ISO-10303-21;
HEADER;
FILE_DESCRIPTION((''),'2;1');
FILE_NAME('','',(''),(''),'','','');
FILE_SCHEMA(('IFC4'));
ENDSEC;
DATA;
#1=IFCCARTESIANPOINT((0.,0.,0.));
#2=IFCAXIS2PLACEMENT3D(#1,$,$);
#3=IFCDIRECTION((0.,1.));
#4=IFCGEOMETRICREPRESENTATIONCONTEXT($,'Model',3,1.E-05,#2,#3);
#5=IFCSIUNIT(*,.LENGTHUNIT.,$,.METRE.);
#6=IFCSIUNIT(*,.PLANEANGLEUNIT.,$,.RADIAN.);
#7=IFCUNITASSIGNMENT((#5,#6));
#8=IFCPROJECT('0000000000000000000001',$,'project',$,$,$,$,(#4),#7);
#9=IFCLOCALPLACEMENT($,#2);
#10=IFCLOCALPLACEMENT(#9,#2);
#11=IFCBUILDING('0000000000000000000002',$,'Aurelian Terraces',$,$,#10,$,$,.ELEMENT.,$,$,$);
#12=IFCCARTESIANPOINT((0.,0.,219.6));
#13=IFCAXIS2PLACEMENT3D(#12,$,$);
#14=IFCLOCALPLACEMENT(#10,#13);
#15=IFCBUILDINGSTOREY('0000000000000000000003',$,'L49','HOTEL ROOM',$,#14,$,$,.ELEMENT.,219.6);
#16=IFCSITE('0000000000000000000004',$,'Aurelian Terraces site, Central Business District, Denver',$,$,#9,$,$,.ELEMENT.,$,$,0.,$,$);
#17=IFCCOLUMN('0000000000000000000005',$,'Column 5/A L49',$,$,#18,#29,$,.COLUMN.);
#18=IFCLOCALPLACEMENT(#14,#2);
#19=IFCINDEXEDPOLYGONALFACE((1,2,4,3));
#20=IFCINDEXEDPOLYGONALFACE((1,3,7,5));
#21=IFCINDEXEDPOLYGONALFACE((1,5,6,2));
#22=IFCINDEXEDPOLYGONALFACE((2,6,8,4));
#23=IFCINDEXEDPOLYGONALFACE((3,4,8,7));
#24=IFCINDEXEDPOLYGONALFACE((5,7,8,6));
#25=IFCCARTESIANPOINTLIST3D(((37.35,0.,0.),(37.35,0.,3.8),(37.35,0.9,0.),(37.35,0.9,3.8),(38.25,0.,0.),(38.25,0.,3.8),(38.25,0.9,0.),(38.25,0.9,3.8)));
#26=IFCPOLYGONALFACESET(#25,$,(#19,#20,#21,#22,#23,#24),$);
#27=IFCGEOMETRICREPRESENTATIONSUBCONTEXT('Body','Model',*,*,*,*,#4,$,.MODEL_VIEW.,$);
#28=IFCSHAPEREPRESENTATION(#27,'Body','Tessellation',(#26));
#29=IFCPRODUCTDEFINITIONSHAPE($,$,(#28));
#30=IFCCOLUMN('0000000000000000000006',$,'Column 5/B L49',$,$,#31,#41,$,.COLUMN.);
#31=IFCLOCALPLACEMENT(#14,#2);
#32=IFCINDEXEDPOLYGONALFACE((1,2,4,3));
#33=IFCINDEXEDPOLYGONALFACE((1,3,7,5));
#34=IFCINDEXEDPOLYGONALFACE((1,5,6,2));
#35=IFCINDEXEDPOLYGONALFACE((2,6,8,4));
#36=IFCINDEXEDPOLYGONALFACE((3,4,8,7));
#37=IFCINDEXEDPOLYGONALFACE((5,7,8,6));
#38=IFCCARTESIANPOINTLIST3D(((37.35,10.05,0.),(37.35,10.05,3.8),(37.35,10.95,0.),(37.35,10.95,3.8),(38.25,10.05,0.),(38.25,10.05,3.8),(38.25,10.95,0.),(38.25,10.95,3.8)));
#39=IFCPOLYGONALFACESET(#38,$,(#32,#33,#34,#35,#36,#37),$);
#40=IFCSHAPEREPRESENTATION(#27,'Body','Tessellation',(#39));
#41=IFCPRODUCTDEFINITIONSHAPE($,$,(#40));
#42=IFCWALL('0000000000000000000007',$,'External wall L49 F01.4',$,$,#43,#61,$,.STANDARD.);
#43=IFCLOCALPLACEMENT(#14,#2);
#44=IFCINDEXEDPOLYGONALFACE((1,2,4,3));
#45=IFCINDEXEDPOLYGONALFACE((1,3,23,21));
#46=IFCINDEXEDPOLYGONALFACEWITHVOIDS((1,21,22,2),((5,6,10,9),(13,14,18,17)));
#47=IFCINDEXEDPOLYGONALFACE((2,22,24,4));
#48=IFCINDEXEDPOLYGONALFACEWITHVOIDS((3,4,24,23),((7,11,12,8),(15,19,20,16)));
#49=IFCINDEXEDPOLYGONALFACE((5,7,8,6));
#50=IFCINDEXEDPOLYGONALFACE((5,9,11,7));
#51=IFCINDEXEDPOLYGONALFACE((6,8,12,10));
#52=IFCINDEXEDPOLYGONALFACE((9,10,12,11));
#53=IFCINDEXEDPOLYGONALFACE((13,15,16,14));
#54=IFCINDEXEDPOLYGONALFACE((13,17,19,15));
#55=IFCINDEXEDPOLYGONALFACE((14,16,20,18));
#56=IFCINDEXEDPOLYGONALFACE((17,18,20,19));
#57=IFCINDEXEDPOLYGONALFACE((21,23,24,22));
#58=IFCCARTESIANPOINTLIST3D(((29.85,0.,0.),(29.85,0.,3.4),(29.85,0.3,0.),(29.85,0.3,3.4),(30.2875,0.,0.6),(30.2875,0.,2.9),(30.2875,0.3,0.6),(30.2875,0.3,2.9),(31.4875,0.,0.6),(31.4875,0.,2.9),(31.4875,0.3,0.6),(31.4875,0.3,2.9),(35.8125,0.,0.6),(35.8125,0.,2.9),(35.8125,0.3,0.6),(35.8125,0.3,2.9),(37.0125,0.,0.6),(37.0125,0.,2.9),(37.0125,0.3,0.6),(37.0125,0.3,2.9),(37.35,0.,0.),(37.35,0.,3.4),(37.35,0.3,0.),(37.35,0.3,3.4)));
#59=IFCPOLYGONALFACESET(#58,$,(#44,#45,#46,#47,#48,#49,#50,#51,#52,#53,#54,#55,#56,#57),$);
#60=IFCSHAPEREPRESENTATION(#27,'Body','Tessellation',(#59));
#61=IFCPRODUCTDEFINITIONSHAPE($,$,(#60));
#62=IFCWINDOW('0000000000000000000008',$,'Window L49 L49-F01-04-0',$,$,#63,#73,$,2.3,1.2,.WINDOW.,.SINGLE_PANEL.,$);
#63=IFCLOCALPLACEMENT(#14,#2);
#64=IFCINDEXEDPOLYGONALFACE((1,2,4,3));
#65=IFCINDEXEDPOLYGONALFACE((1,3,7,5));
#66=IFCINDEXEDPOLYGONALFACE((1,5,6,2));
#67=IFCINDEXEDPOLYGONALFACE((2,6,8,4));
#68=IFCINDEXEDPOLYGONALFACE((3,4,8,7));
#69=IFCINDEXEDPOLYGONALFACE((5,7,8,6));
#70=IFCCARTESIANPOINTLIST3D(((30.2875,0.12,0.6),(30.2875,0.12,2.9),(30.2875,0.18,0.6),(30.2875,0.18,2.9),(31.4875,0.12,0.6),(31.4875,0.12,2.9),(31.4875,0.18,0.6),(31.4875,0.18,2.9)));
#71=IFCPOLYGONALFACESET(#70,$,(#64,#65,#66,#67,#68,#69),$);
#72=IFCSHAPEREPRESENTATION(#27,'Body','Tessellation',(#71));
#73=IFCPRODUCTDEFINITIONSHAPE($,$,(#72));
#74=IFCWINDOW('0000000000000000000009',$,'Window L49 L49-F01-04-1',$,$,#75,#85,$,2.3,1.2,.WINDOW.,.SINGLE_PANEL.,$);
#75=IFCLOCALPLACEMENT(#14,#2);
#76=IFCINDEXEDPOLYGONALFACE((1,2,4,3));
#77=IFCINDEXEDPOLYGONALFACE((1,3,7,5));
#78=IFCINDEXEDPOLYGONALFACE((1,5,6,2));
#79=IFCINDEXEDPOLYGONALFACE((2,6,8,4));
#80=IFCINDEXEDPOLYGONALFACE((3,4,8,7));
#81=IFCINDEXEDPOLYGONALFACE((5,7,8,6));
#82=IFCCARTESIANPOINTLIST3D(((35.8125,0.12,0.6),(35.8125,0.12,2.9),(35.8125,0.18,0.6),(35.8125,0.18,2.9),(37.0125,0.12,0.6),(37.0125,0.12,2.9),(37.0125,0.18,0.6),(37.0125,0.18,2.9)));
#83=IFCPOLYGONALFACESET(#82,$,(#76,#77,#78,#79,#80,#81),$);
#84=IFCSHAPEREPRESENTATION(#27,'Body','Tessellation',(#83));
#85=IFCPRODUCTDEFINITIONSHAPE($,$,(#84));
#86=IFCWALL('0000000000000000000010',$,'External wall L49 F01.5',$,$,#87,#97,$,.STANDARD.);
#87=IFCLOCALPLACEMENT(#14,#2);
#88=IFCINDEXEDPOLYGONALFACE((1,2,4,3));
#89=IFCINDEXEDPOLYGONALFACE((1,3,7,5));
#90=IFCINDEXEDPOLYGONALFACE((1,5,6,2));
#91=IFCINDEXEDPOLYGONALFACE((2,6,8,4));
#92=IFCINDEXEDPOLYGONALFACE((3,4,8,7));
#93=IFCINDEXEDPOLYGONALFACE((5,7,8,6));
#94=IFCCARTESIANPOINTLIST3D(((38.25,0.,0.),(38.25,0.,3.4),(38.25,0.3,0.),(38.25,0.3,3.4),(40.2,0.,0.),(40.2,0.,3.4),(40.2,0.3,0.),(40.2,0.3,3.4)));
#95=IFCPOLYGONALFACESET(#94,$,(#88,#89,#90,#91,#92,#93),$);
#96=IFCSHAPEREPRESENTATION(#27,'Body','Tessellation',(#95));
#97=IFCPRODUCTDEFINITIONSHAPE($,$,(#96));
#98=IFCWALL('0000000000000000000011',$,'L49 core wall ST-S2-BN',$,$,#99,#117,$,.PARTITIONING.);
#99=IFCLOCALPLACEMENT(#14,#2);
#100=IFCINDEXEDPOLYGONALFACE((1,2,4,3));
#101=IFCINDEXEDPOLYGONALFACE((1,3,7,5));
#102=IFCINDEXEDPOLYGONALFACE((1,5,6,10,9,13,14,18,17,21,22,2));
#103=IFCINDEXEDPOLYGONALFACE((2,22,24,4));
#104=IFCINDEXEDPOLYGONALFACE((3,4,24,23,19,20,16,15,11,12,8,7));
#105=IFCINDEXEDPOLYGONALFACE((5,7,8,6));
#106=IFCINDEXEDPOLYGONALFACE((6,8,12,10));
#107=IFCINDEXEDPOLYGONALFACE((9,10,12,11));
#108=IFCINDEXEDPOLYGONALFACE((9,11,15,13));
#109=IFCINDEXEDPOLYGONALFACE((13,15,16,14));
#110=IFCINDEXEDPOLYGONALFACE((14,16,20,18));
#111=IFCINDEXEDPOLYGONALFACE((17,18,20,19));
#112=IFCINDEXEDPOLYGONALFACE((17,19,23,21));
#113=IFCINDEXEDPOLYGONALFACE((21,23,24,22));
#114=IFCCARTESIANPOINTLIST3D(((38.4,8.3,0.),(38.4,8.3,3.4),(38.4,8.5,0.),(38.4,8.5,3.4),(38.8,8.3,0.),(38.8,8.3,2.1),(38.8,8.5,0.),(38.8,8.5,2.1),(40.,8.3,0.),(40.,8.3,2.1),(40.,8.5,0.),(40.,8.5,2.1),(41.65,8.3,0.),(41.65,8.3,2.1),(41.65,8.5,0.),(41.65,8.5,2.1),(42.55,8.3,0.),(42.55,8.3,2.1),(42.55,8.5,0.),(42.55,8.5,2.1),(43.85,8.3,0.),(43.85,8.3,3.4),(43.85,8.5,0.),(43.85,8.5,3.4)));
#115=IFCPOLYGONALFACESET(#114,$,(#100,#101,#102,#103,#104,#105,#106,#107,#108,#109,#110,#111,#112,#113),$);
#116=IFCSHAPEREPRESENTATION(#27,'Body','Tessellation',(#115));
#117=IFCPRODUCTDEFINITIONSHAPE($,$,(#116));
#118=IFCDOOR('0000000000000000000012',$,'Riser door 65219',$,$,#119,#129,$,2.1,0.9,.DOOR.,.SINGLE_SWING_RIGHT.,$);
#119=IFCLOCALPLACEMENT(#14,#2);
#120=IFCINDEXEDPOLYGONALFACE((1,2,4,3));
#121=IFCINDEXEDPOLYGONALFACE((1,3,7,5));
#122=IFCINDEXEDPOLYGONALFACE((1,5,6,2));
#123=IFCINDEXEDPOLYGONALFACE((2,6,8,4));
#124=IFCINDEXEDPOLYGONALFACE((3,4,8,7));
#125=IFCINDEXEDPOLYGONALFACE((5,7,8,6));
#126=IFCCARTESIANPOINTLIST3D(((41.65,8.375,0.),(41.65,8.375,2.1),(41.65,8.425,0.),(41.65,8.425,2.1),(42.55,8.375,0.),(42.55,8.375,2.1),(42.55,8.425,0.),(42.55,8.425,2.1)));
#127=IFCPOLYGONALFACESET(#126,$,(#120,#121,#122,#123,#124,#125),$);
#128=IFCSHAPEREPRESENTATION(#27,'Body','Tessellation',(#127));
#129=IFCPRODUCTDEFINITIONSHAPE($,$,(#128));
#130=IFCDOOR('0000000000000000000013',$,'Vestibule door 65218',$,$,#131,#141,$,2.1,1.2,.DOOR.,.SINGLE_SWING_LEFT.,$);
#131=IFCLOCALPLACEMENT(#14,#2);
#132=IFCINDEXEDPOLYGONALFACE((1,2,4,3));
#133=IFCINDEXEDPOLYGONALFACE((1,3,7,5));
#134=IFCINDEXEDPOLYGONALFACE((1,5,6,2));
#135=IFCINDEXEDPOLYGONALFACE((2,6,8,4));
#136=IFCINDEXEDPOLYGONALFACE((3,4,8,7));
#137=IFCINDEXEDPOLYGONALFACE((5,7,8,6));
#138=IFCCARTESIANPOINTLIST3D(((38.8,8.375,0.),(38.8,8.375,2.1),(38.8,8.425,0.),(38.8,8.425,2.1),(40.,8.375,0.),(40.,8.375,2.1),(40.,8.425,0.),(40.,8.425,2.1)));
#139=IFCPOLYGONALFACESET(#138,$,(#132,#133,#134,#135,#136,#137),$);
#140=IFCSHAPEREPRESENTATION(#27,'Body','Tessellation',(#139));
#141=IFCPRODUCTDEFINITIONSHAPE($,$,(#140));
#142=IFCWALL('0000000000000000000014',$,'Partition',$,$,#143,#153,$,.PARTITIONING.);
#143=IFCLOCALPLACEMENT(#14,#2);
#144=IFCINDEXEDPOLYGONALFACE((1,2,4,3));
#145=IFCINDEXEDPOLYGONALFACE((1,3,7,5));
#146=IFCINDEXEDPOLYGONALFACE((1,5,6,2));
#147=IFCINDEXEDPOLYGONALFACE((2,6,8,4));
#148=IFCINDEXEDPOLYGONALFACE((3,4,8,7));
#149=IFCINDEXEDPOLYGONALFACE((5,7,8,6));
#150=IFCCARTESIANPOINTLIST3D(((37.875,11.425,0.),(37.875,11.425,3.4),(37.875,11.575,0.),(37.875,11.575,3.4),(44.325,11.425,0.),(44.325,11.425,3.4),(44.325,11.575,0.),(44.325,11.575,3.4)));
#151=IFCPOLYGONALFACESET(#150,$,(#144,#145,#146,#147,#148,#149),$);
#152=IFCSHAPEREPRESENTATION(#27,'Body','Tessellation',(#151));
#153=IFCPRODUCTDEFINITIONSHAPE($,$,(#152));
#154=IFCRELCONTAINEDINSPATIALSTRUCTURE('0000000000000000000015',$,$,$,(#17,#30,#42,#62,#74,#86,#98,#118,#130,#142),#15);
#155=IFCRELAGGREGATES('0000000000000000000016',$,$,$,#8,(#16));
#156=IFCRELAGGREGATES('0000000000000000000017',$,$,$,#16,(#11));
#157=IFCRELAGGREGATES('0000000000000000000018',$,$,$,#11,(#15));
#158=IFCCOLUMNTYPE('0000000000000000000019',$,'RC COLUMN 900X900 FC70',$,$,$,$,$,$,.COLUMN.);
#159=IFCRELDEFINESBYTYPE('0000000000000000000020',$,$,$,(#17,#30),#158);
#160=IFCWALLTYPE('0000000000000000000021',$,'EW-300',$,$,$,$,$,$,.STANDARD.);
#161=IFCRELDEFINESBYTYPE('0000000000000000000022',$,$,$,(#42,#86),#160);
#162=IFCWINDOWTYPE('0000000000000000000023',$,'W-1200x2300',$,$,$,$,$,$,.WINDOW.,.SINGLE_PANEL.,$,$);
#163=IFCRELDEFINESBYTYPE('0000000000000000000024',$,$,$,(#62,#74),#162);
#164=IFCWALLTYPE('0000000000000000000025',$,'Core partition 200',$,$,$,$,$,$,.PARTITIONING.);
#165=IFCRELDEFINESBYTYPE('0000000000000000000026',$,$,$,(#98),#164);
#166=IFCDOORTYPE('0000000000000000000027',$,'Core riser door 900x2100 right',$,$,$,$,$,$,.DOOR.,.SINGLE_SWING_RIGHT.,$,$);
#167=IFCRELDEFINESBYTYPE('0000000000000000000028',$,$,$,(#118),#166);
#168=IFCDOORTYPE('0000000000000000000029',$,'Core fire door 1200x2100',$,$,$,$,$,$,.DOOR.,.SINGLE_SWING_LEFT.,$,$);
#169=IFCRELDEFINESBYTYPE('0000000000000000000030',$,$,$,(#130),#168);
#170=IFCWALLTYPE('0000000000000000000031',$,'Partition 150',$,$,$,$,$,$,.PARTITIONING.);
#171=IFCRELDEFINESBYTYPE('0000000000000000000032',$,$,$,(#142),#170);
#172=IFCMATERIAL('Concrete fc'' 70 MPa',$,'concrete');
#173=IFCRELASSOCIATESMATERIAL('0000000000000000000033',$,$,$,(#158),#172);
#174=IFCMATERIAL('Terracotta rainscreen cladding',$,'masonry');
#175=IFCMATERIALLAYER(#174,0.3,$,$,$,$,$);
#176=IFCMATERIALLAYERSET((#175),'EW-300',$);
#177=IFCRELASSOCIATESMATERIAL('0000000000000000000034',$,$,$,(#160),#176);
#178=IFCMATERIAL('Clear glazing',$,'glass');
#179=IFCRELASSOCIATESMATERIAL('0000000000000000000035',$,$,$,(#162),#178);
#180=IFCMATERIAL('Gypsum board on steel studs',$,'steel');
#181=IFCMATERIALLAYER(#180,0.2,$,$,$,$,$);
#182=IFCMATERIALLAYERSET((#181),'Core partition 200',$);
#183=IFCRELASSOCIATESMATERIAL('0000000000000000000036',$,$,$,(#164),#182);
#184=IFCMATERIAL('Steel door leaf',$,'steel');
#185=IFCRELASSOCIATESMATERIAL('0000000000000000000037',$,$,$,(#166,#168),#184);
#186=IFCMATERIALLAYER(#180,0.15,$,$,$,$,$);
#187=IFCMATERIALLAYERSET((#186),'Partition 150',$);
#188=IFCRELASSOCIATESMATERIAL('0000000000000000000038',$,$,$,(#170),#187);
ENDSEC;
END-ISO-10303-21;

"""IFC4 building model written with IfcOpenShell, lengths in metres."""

from ifc_helpers import new_model, si_unit, direction, frame, frame_2d, origin, origin_2d, place, context, subcontext, project, spatial, rectangle, extrude, source, transform, mapped, material, layer, layer_set, material_profile, profile_set, type_object, element, fill, save


model = new_model("IFC4")

# Units and contexts
model_context = context("Model", 3, precision=1e-05, world=origin(), true_north=direction((0.0, 1.0)))
body_context = subcontext(model_context, "Body", "Model", "MODEL_VIEW")
ifc_project = project(units=[si_unit("LENGTHUNIT", "METRE"), si_unit("PLANEANGLEUNIT", "RADIAN")], contexts=[model_context])

# Site, building, storey
site_placement = place(None, origin())
site = spatial("IfcSite", under=ifc_project, at=site_placement, Name="Aurelian Terraces site, Central Business District, Denver", CompositionType="ELEMENT", RefElevation=0.0)
building_placement = place(site_placement, origin())
building = spatial("IfcBuilding", under=site, at=building_placement, Name="Aurelian Terraces", CompositionType="ELEMENT")
storey_placement = place(building_placement, frame((0.0, 0.0, 219.6)))
storey = spatial("IfcBuildingStorey", under=building, at=storey_placement, Name="L49", Description="HOTEL ROOM", CompositionType="ELEMENT", Elevation=219.6)

# Columns
ifc_material_1 = material(Name="Concrete fc' 70 MPa", Category="concrete")
ifc_material_profile = material_profile(ifc_material_1, rectangle(XDim=0.9, YDim=0.9, at=origin_2d()))
ifc_profile_set = profile_set([ifc_material_profile], Name="Concrete fc' 70 MPa")
column_type = type_object("IfcColumnType", Name="RC COLUMN 900X900 FC70", PredefinedType="COLUMN", material=ifc_profile_set)
shared_shape_1 = source(origin(), body_context, "Body", "SweptSolid", [
    extrude(rectangle(XDim=0.9, YDim=0.9, at=origin_2d()), origin(), (0.0, 0.0, 1.0), 3.8),
])
for number, where, z_axis, x_axis, name in (
    (1, (37.8, 0.45, 0.0), (0.0, 0.0, 1.0), (1.0, 0.0, 0.0), "Column 5/A L49"),
    (2, (37.8, 10.5, 0.0), (0.0, 0.0, 1.0), (1.0, 0.0, 0.0), "Column 5/B L49"),
):
    element("IfcColumn", number, at=place(storey_placement, frame(where, z_axis=z_axis, x_axis=x_axis)), inside=storey, type_object=column_type, Name=name, PredefinedType="COLUMN", context=body_context, shape_type="MappedRepresentation", body=[
        mapped(shared_shape_1, transform((0.0, 0.0, 0.0), scale=1.0)),
    ])

# Wall, openings, windows
ifc_material_2 = material(Name="Terracotta rainscreen cladding", Category="masonry")
ifc_layer_1 = layer(ifc_material_2, 0.3)
ifc_layer_set_1 = layer_set([ifc_layer_1], Name="EW-300")
wall_type_1 = type_object("IfcWallType", Name="EW-300", PredefinedType="STANDARD", material=ifc_layer_set_1)
shared_shape_2 = source(origin(), body_context, "Body", "SweptSolid", [
    extrude(rectangle(XDim=7.5, YDim=0.3, at=frame_2d((3.75, 0.0))), origin(), (0.0, 0.0, 1.0), 3.4),
])
wall_1_placement = place(storey_placement, frame((29.85, 0.15, 0.0), z_axis=(0.0, 0.0, 1.0), x_axis=(1.0, 0.0, 0.0)))
wall_1 = element("IfcWall", 3, at=wall_1_placement, inside=storey, type_object=wall_type_1, Name="External wall L49 F01.4", PredefinedType="STANDARD", context=body_context, shape_type="MappedRepresentation", body=[
    mapped(shared_shape_2, transform((0.0, 0.0, 0.0), scale=1.0)),
])
shared_shape_3 = source(origin(), body_context, "Body", "SweptSolid", [
    extrude(rectangle(XDim=1.2, YDim=2.3, at=frame_2d((0.6, 1.15))), frame((0.0, 0.16, 0.0), z_axis=(0.0, -1.0, 0.0), x_axis=(1.0, 0.0, 0.0)), (0.0, 0.0, 1.0), 0.32),
])
opening_1_placement = place(wall_1_placement, frame((0.4375, 0.0, 0.6)))
opening_1 = element("IfcOpeningElement", 4, at=opening_1_placement, cuts=wall_1, PredefinedType="OPENING", context=body_context, shape_type="MappedRepresentation", body=[
    mapped(shared_shape_3, transform((0.0, 0.0, 0.0), scale=1.0)),
])
opening_2_placement = place(wall_1_placement, frame((5.9625, 0.0, 0.6)))
opening_2 = element("IfcOpeningElement", 5, at=opening_2_placement, cuts=wall_1, PredefinedType="OPENING", context=body_context, shape_type="MappedRepresentation", body=[
    mapped(shared_shape_3, transform((0.0, 0.0, 0.0), scale=1.0)),
])
ifc_material_3 = material(Name="Clear glazing", Category="glass")
window_type = type_object("IfcWindowType", Name="W-1200x2300", PartitioningType="SINGLE_PANEL", PredefinedType="WINDOW", material=ifc_material_3)
shared_shape_4 = source(origin(), body_context, "Body", "SweptSolid", [
    extrude(rectangle(XDim=1.2, YDim=2.3, at=frame_2d((0.6, 1.15))), frame((0.0, 0.03, 0.0), z_axis=(0.0, -1.0, 0.0), x_axis=(1.0, 0.0, 0.0)), (0.0, 0.0, 1.0), 0.06),
])
window_1_placement = place(opening_1_placement, origin())
window_1 = element("IfcWindow", 6, at=window_1_placement, inside=storey, type_object=window_type, Name="Window L49 L49-F01-04-0", OverallHeight=2.3, OverallWidth=1.2, PartitioningType="SINGLE_PANEL", PredefinedType="WINDOW", context=body_context, shape_type="MappedRepresentation", body=[
    mapped(shared_shape_4, transform((0.0, 0.0, 0.0), scale=1.0)),
])
fill(opening_1, window_1)
window_2_placement = place(opening_2_placement, origin())
window_2 = element("IfcWindow", 7, at=window_2_placement, inside=storey, type_object=window_type, Name="Window L49 L49-F01-04-1", OverallHeight=2.3, OverallWidth=1.2, PartitioningType="SINGLE_PANEL", PredefinedType="WINDOW", context=body_context, shape_type="MappedRepresentation", body=[
    mapped(shared_shape_4, transform((0.0, 0.0, 0.0), scale=1.0)),
])
fill(opening_2, window_2)

# Wall
shared_shape_5 = source(origin(), body_context, "Body", "SweptSolid", [
    extrude(rectangle(XDim=1.95, YDim=0.3, at=frame_2d((0.975, 0.0))), origin(), (0.0, 0.0, 1.0), 3.4),
])
wall_2_placement = place(storey_placement, frame((38.25, 0.15, 0.0), z_axis=(0.0, 0.0, 1.0), x_axis=(1.0, 0.0, 0.0)))
element("IfcWall", 8, at=wall_2_placement, inside=storey, type_object=wall_type_1, Name="External wall L49 F01.5", PredefinedType="STANDARD", context=body_context, shape_type="MappedRepresentation", body=[
    mapped(shared_shape_5, transform((0.0, 0.0, 0.0), scale=1.0)),
])

# Wall, openings, doors
ifc_material_4 = material(Name="Gypsum board on steel studs", Category="steel")
ifc_layer_2 = layer(ifc_material_4, 0.2)
ifc_layer_set_2 = layer_set([ifc_layer_2], Name="Core partition 200")
wall_type_2 = type_object("IfcWallType", Name="Core partition 200", PredefinedType="PARTITIONING", material=ifc_layer_set_2)
shared_shape_6 = source(origin(), body_context, "Body", "SweptSolid", [
    extrude(rectangle(XDim=5.45, YDim=0.2, at=frame_2d((2.725, 0.0))), origin(), (0.0, 0.0, 1.0), 3.4),
])
wall_3_placement = place(storey_placement, frame((38.4, 8.4, 0.0), z_axis=(0.0, 0.0, 1.0), x_axis=(1.0, 0.0, 0.0)))
wall_3 = element("IfcWall", 9, at=wall_3_placement, inside=storey, type_object=wall_type_2, Name="L49 core wall ST-S2-BN", PredefinedType="PARTITIONING", context=body_context, shape_type="MappedRepresentation", body=[
    mapped(shared_shape_6, transform((0.0, 0.0, 0.0), scale=1.0)),
])
shared_shape_7 = source(origin(), body_context, "Body", "SweptSolid", [
    extrude(rectangle(XDim=1.2, YDim=2.1, at=frame_2d((0.6, 1.05))), frame((0.0, 0.11, 0.0), z_axis=(0.0, -1.0, 0.0), x_axis=(1.0, 0.0, 0.0)), (0.0, 0.0, 1.0), 0.22),
])
opening_3_placement = place(wall_3_placement, frame((0.4, 0.0, 0.0)))
opening_3 = element("IfcOpeningElement", 10, at=opening_3_placement, cuts=wall_3, PredefinedType="OPENING", context=body_context, shape_type="MappedRepresentation", body=[
    mapped(shared_shape_7, transform((0.0, 0.0, 0.0), scale=1.0)),
])
shared_shape_8 = source(origin(), body_context, "Body", "SweptSolid", [
    extrude(rectangle(XDim=0.9, YDim=2.1, at=frame_2d((0.45, 1.05))), frame((0.0, 0.11, 0.0), z_axis=(0.0, -1.0, 0.0), x_axis=(1.0, 0.0, 0.0)), (0.0, 0.0, 1.0), 0.22),
])
opening_4_placement = place(wall_3_placement, frame((3.25, 0.0, 0.0)))
opening_4 = element("IfcOpeningElement", 11, at=opening_4_placement, cuts=wall_3, PredefinedType="OPENING", context=body_context, shape_type="MappedRepresentation", body=[
    mapped(shared_shape_8, transform((0.0, 0.0, 0.0), scale=1.0)),
])
ifc_material_5 = material(Name="Steel door leaf", Category="steel")
door_type_1 = type_object("IfcDoorType", Name="Core riser door 900x2100 right", OperationType="SINGLE_SWING_RIGHT", PredefinedType="DOOR", material=ifc_material_5)
shared_shape_9 = source(origin(), body_context, "Body", "SweptSolid", [
    extrude(rectangle(XDim=0.9, YDim=2.1, at=frame_2d((0.45, 1.05))), frame((0.0, 0.025, 0.0), z_axis=(0.0, -1.0, 0.0), x_axis=(1.0, 0.0, 0.0)), (0.0, 0.0, 1.0), 0.05),
])
door_1_placement = place(opening_4_placement, origin())
door_1 = element("IfcDoor", 12, at=door_1_placement, inside=storey, type_object=door_type_1, Name="Riser door 65219", OperationType="SINGLE_SWING_RIGHT", OverallHeight=2.1, OverallWidth=0.9, PredefinedType="DOOR", context=body_context, shape_type="MappedRepresentation", body=[
    mapped(shared_shape_9, transform((0.0, 0.0, 0.0), scale=1.0)),
])
fill(opening_4, door_1)
door_type_2 = type_object("IfcDoorType", Name="Core fire door 1200x2100", OperationType="SINGLE_SWING_LEFT", PredefinedType="DOOR", material=ifc_material_5)
shared_shape_10 = source(origin(), body_context, "Body", "SweptSolid", [
    extrude(rectangle(XDim=1.2, YDim=2.1, at=frame_2d((0.6, 1.05))), frame((0.0, 0.025, 0.0), z_axis=(0.0, -1.0, 0.0), x_axis=(1.0, 0.0, 0.0)), (0.0, 0.0, 1.0), 0.05),
])
door_2_placement = place(opening_3_placement, origin())
door_2 = element("IfcDoor", 13, at=door_2_placement, inside=storey, type_object=door_type_2, Name="Vestibule door 65218", OperationType="SINGLE_SWING_LEFT", OverallHeight=2.1, OverallWidth=1.2, PredefinedType="DOOR", context=body_context, shape_type="MappedRepresentation", body=[
    mapped(shared_shape_10, transform((0.0, 0.0, 0.0), scale=1.0)),
])
fill(opening_3, door_2)

# Wall
ifc_layer_3 = layer(ifc_material_4, 0.15)
ifc_layer_set_3 = layer_set([ifc_layer_3], Name="Partition 150")
wall_type_3 = type_object("IfcWallType", Name="Partition 150", PredefinedType="PARTITIONING", material=ifc_layer_set_3)
shared_shape_11 = source(origin(), body_context, "Body", "SweptSolid", [
    extrude(rectangle(XDim=6.45, YDim=0.15, at=frame_2d((3.225, 0.0))), origin(), (0.0, 0.0, 1.0), 3.4),
])
wall_4_placement = place(storey_placement, frame((37.875, 11.5, 0.0), z_axis=(0.0, 0.0, 1.0), x_axis=(1.0, 0.0, 0.0)))
element("IfcWall", 14, at=wall_4_placement, inside=storey, type_object=wall_type_3, Name="Partition", PredefinedType="PARTITIONING", context=body_context, shape_type="MappedRepresentation", body=[
    mapped(shared_shape_11, transform((0.0, 0.0, 0.0), scale=1.0)),
])

save(model, "model.ifc")
